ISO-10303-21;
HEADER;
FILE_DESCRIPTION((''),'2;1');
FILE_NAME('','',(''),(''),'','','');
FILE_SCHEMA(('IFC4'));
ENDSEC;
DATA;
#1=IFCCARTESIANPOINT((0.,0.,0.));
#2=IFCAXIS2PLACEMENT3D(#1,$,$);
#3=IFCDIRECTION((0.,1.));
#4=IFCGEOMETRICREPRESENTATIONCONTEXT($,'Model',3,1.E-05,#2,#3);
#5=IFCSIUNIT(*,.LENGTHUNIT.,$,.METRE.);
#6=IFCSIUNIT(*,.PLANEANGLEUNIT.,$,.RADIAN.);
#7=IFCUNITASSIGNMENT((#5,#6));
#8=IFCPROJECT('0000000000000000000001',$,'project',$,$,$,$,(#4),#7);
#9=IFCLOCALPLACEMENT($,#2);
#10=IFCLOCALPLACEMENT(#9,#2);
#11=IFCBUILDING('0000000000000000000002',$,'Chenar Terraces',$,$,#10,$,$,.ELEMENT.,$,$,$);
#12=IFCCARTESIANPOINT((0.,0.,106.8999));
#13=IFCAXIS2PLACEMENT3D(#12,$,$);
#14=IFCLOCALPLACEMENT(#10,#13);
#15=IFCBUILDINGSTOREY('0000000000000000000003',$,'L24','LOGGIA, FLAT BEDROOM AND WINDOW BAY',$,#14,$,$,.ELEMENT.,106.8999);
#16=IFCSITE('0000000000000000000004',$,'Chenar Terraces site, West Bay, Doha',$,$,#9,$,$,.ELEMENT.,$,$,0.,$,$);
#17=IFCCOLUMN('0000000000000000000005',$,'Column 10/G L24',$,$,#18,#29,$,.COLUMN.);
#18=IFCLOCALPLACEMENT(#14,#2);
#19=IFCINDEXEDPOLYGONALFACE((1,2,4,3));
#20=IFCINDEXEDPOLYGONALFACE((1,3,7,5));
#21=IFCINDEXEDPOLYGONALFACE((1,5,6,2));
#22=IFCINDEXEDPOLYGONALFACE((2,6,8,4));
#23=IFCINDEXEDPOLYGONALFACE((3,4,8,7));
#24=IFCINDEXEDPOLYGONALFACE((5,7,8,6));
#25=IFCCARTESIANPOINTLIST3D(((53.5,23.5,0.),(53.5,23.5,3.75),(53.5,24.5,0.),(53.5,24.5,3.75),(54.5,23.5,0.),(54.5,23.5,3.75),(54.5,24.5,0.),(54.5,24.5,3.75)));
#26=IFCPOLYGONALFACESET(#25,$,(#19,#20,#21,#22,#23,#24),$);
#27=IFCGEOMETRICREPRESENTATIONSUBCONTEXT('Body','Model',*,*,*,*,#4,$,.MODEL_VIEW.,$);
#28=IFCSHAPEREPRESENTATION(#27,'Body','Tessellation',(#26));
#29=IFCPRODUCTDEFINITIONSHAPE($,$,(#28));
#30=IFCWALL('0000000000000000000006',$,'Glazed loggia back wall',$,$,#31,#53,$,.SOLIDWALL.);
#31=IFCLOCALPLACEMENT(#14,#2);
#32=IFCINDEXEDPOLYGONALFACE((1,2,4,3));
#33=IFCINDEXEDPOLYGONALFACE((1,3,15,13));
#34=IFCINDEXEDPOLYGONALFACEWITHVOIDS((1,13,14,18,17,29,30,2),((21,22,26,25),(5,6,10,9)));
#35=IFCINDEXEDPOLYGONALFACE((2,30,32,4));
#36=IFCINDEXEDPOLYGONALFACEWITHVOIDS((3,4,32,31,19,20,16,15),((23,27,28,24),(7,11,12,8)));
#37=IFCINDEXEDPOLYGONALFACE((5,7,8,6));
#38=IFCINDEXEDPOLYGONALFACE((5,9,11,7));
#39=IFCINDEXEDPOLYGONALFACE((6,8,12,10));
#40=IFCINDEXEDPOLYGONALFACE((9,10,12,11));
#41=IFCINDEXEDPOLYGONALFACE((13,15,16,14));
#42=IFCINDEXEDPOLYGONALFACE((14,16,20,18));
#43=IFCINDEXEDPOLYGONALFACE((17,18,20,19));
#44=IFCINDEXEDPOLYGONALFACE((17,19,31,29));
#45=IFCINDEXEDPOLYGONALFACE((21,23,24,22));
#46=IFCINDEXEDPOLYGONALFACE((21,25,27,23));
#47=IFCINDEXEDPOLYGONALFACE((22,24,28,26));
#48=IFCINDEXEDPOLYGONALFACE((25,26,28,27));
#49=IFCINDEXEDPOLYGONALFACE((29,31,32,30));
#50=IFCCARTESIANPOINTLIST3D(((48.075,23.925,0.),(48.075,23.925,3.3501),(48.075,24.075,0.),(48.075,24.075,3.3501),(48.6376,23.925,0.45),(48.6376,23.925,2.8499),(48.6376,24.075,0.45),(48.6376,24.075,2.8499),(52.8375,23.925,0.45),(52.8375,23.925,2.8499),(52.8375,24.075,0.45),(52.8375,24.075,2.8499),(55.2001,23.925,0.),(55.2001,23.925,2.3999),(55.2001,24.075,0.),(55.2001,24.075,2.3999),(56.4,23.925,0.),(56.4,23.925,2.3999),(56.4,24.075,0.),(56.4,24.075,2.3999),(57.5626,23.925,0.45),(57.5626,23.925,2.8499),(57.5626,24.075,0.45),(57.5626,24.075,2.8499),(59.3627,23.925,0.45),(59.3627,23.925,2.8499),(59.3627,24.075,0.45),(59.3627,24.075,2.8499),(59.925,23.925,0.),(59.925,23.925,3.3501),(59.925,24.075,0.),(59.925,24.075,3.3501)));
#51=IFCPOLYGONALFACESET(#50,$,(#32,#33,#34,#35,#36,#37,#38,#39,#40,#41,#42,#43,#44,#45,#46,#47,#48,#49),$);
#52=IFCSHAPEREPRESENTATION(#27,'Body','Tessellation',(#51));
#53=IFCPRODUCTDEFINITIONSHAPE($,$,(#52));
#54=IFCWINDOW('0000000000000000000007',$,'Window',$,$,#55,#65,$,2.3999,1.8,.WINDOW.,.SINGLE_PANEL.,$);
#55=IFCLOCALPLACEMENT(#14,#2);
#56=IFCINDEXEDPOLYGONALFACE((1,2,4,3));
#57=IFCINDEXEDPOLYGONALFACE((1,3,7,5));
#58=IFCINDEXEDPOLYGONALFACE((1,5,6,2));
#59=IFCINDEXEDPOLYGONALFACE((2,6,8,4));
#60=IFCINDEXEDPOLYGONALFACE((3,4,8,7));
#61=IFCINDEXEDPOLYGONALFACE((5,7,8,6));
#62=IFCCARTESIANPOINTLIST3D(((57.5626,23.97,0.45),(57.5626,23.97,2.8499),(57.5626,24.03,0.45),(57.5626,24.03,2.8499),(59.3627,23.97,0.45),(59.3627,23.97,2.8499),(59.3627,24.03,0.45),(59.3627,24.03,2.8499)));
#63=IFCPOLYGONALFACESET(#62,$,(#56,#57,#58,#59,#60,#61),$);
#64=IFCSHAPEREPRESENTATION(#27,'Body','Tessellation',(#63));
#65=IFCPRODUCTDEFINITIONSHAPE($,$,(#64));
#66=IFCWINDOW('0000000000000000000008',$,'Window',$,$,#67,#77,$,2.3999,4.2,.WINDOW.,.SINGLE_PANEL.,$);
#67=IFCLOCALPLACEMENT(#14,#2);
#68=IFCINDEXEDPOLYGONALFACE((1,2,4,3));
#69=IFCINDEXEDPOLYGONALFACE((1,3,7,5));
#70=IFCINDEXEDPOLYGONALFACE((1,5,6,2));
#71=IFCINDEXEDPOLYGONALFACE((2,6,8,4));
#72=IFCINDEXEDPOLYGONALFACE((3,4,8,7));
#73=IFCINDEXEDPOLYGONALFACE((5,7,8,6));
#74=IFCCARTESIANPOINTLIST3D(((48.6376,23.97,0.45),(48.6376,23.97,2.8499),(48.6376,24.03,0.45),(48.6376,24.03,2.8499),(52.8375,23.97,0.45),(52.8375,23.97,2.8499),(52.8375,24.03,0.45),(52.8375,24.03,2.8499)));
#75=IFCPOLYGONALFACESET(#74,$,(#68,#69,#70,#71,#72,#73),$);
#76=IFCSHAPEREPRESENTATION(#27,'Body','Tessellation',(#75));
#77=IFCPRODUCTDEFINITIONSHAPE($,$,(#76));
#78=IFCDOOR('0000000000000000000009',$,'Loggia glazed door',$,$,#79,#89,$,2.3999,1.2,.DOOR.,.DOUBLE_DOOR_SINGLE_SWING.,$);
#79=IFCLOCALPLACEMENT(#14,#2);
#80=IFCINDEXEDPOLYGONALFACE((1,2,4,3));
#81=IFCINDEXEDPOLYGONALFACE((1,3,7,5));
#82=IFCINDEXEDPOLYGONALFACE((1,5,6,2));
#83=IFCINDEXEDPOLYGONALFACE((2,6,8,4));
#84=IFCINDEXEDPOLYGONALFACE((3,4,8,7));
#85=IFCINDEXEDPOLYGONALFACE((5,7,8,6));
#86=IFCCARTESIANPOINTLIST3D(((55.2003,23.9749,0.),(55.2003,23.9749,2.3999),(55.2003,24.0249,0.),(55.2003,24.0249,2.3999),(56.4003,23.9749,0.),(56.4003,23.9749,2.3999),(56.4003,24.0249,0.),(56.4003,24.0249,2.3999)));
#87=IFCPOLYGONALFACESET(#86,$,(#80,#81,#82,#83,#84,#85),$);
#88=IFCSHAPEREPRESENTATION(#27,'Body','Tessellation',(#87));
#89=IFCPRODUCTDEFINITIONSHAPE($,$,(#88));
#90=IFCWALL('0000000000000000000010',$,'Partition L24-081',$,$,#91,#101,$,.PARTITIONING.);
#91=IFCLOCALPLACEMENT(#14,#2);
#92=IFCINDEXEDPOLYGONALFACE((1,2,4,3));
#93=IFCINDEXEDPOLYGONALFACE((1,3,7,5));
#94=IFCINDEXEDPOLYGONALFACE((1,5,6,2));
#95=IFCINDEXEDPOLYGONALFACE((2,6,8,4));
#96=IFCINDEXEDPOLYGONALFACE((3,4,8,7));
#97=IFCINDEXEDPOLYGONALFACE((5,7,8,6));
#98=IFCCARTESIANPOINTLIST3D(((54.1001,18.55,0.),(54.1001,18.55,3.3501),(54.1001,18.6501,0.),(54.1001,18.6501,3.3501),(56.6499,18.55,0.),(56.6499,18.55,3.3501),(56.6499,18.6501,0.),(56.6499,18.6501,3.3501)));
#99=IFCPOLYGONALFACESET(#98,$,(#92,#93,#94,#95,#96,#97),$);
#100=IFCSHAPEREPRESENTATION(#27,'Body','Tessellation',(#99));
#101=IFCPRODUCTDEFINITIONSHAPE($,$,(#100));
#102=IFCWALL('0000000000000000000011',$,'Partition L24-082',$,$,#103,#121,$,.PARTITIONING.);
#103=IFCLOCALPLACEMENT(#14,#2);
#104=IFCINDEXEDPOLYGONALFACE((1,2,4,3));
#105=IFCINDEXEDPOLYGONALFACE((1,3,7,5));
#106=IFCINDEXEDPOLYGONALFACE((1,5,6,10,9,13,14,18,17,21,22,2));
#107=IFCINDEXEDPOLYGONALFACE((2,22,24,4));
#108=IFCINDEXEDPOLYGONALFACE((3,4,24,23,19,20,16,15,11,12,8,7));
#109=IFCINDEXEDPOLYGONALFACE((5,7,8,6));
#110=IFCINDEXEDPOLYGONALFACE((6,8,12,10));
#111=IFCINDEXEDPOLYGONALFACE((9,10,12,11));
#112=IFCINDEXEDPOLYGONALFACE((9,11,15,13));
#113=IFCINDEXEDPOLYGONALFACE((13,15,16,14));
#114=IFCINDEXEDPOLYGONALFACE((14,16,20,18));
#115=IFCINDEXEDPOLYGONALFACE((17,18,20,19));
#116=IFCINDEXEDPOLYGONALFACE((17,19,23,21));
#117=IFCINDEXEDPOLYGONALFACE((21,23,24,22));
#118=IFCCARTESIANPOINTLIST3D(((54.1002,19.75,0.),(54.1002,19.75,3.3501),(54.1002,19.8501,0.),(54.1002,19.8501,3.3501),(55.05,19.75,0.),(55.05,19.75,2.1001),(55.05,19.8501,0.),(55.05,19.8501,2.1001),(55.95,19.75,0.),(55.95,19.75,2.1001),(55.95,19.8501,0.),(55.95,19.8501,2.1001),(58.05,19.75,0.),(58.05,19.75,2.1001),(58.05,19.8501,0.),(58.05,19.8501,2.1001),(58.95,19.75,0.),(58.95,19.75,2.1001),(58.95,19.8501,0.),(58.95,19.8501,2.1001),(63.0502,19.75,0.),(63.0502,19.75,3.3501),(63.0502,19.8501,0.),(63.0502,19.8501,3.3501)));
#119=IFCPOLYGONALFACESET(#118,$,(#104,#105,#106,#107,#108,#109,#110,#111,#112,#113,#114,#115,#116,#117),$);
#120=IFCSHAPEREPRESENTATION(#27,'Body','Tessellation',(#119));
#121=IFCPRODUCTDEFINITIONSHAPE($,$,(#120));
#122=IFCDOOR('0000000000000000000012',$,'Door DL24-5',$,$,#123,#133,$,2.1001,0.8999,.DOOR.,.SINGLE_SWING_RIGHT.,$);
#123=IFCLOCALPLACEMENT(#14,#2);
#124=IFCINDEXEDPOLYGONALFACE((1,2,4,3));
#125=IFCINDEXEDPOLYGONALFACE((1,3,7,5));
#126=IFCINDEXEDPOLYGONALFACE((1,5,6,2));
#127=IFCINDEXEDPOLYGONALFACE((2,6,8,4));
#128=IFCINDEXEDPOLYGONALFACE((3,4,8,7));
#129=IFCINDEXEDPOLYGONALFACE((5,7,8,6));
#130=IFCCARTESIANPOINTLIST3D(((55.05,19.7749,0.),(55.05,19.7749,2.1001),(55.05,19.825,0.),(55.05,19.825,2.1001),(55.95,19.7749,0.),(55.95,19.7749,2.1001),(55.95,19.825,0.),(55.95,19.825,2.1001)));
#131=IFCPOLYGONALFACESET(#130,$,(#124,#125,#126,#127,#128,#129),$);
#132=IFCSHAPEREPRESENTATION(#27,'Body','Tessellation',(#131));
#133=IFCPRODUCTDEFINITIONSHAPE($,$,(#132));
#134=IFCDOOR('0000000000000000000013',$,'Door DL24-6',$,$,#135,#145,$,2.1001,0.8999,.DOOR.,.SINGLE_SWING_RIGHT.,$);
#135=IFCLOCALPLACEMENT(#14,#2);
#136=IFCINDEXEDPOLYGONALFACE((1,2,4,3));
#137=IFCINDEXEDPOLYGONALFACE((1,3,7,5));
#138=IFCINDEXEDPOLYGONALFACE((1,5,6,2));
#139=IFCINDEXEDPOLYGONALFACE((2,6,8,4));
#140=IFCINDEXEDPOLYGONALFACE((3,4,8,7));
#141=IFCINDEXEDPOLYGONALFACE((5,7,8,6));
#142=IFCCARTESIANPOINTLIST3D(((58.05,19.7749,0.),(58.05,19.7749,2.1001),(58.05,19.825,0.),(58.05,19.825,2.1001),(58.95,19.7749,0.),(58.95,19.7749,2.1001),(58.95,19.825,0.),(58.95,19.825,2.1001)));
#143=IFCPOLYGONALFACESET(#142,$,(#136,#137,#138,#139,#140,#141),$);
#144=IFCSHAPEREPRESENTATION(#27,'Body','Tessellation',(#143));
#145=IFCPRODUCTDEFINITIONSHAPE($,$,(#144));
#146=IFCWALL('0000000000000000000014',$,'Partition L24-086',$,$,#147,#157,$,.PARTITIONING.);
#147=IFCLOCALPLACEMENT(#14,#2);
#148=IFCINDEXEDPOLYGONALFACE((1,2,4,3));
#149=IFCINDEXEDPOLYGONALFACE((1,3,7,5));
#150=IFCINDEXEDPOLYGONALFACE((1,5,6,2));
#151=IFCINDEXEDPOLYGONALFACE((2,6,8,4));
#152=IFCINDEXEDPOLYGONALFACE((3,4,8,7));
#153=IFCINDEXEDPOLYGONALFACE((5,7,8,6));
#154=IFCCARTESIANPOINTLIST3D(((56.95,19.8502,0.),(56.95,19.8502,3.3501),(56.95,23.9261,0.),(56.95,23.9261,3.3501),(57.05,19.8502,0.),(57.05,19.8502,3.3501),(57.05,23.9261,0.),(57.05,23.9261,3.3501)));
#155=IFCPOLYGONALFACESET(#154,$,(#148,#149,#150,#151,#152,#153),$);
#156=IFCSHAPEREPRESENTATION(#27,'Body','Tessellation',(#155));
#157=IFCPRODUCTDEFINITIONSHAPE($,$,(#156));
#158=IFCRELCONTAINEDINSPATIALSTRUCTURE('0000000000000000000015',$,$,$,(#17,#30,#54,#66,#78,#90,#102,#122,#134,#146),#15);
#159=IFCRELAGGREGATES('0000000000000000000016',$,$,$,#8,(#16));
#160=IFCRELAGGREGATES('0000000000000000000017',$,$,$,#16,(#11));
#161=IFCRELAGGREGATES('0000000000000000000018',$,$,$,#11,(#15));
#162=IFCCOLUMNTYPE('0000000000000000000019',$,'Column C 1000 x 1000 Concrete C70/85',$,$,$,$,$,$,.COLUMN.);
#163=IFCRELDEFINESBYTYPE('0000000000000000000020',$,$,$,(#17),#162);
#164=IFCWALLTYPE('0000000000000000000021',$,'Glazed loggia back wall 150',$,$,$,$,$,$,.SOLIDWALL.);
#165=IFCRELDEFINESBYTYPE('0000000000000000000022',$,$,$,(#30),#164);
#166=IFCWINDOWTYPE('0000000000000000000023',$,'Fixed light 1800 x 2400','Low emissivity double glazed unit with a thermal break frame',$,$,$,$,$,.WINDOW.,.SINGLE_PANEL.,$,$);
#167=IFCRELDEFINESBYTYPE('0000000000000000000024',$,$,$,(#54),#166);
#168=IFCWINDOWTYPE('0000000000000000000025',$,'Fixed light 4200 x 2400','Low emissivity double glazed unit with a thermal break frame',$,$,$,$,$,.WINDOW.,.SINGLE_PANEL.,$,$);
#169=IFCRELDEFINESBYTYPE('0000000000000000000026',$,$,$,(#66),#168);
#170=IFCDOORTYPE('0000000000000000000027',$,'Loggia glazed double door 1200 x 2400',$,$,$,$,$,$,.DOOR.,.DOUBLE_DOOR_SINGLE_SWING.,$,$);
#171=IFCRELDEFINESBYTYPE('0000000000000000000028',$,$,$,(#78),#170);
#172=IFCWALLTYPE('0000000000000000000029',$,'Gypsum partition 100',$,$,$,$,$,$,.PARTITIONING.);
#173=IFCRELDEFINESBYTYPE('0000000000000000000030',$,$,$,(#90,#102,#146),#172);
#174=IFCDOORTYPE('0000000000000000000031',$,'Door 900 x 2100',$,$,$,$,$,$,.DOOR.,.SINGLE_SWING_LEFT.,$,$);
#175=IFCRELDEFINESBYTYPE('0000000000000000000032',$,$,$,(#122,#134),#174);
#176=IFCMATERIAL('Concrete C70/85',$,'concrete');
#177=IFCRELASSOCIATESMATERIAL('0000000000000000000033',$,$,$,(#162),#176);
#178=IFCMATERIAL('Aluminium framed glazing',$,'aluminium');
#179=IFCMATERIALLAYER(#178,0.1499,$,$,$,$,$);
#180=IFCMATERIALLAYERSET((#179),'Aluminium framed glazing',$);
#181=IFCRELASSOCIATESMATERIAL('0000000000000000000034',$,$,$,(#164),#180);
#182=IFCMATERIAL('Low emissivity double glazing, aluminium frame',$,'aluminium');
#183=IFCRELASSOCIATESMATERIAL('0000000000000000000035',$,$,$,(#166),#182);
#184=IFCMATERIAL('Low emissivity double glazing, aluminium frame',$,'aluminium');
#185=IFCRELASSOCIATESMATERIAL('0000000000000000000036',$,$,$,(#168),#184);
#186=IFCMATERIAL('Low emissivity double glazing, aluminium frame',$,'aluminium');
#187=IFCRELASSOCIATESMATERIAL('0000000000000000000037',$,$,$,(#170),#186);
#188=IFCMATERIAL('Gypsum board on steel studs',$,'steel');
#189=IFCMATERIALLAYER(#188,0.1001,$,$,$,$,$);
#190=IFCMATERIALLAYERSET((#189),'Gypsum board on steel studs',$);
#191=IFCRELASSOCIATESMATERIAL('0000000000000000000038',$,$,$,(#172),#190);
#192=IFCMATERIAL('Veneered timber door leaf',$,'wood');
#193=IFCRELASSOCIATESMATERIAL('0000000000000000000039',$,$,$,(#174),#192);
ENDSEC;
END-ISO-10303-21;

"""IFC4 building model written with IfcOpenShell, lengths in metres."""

from ifc_helpers import new_model, si_unit, direction, frame, frame_2d, origin, origin_2d, place, context, subcontext, project, spatial, rectangle, extrude, material, layer, layer_set, material_profile, profile_set, type_object, element, fill, save


model = new_model("IFC4")

# Units and contexts
model_context = context("Model", 3, precision=1e-05, world=origin(), true_north=direction((0.0, 1.0)))
body_context = subcontext(model_context, "Body", "Model", "MODEL_VIEW")
ifc_project = project(units=[si_unit("LENGTHUNIT", "METRE"), si_unit("PLANEANGLEUNIT", "RADIAN")], contexts=[model_context])

# Site, building, storey
site_placement = place(None, origin())
site = spatial("IfcSite", under=ifc_project, at=site_placement, Name="Chenar Terraces site, West Bay, Doha", CompositionType="ELEMENT", RefElevation=0.0)
building_placement = place(site_placement, origin())
building = spatial("IfcBuilding", under=site, at=building_placement, Name="Chenar Terraces", CompositionType="ELEMENT")
storey_placement = place(building_placement, frame((0.0, 0.0, 106.8999)))
storey = spatial("IfcBuildingStorey", under=building, at=storey_placement, Name="L24", Description="LOGGIA, FLAT BEDROOM AND WINDOW BAY", CompositionType="ELEMENT", Elevation=106.8999)

# Column
ifc_material_1 = material(Name="Concrete C70/85", Category="concrete")
ifc_material_profile_1 = material_profile(ifc_material_1, rectangle(XDim=1.0, YDim=1.0, at=origin_2d()), Name="C 1000 x 1000")
ifc_profile_set_1 = profile_set([ifc_material_profile_1], Name="Concrete C70/85")
column_type = type_object("IfcColumnType", Name="Column C 1000 x 1000 Concrete C70/85", PredefinedType="COLUMN", material=ifc_profile_set_1)
column_placement = place(storey_placement, frame((54.0, 24.0, 0.0), z_axis=(0.0, 0.0, 1.0), x_axis=(1.0, 0.0, 0.0)))
element("IfcColumn", 1, at=column_placement, inside=storey, type_object=column_type, Name="Column 10/G L24", PredefinedType="COLUMN", context=body_context, shape_type="SweptSolid", body=[
    extrude(rectangle(XDim=1.0, YDim=1.0, at=origin_2d()), origin(), (0.0, 0.0, 1.0), 3.75),
])

# Wall, openings, windows, door
ifc_material_2 = material(Name="Aluminium framed glazing", Category="aluminium")
ifc_layer_1 = layer(ifc_material_2, 0.1499)
ifc_layer_set_1 = layer_set([ifc_layer_1], Name="Aluminium framed glazing")
wall_type_1 = type_object("IfcWallType", Name="Glazed loggia back wall 150", PredefinedType="SOLIDWALL", material=ifc_layer_set_1)
wall_1_placement = place(storey_placement, frame((59.925, 24.0, 0.0), z_axis=(0.0, 0.0, 1.0), x_axis=(-1.0, 0.0, 0.0)))
wall_1 = element("IfcWall", 2, at=wall_1_placement, inside=storey, type_object=wall_type_1, Name="Glazed loggia back wall", PredefinedType="SOLIDWALL", context=body_context, shape_type="SweptSolid", body=[
    extrude(rectangle(XDim=11.8501, YDim=0.1499, at=frame_2d((5.925, 0.0))), origin(), (0.0, 0.0, 1.0), 3.3501),
])
opening_1_placement = place(wall_1_placement, frame((0.5625, 0.0, 0.45)))
opening_1 = element("IfcOpeningElement", 3, at=opening_1_placement, cuts=wall_1, PredefinedType="OPENING", context=body_context, shape_type="SweptSolid", body=[
    extrude(rectangle(XDim=1.8, YDim=2.3999, at=frame_2d((0.8999, 1.2))), frame((0.0, 0.085, 0.0), z_axis=(0.0, -1.0, 0.0), x_axis=(1.0, 0.0, 0.0)), (0.0, 0.0, 1.0), 0.1699),
])
opening_2_placement = place(wall_1_placement, frame((3.5249, 0.0, 0.0)))
opening_2 = element("IfcOpeningElement", 4, at=opening_2_placement, cuts=wall_1, PredefinedType="OPENING", context=body_context, shape_type="SweptSolid", body=[
    extrude(rectangle(XDim=1.2, YDim=2.3999, at=frame_2d((0.6001, 1.2))), frame((0.0, 0.085, 0.0), z_axis=(0.0, -1.0, 0.0), x_axis=(1.0, 0.0, 0.0)), (0.0, 0.0, 1.0), 0.1699),
])
opening_3_placement = place(wall_1_placement, frame((7.0874, 0.0, 0.45)))
opening_3 = element("IfcOpeningElement", 5, at=opening_3_placement, cuts=wall_1, PredefinedType="OPENING", context=body_context, shape_type="SweptSolid", body=[
    extrude(rectangle(XDim=4.2, YDim=2.3999, at=frame_2d((2.1001, 1.2))), frame((0.0, 0.085, 0.0), z_axis=(0.0, -1.0, 0.0), x_axis=(1.0, 0.0, 0.0)), (0.0, 0.0, 1.0), 0.1699),
])
ifc_material_3 = material(Name="Low emissivity double glazing, aluminium frame", Category="aluminium")
window_type_1 = type_object("IfcWindowType", Name="Fixed light 1800 x 2400", Description="Low emissivity double glazed unit with a thermal break frame", PartitioningType="SINGLE_PANEL", PredefinedType="WINDOW", material=ifc_material_3)
window_1_placement = place(opening_1_placement, origin())
window_1 = element("IfcWindow", 6, at=window_1_placement, inside=storey, type_object=window_type_1, Name="Window", OverallHeight=2.3999, OverallWidth=1.8, PartitioningType="SINGLE_PANEL", PredefinedType="WINDOW", context=body_context, shape_type="SweptSolid", body=[
    extrude(rectangle(XDim=1.8, YDim=2.3999, at=frame_2d((0.8999, 1.2))), frame((0.0, 0.03, 0.0), z_axis=(0.0, -1.0, 0.0), x_axis=(1.0, 0.0, 0.0)), (0.0, 0.0, 1.0), 0.0601),
])
fill(opening_1, window_1)
ifc_material_4 = material(Name="Low emissivity double glazing, aluminium frame", Category="aluminium")
window_type_2 = type_object("IfcWindowType", Name="Fixed light 4200 x 2400", Description="Low emissivity double glazed unit with a thermal break frame", PartitioningType="SINGLE_PANEL", PredefinedType="WINDOW", material=ifc_material_4)
window_2_placement = place(opening_3_placement, origin())
window_2 = element("IfcWindow", 7, at=window_2_placement, inside=storey, type_object=window_type_2, Name="Window", OverallHeight=2.3999, OverallWidth=4.2, PartitioningType="SINGLE_PANEL", PredefinedType="WINDOW", context=body_context, shape_type="SweptSolid", body=[
    extrude(rectangle(XDim=4.2, YDim=2.3999, at=frame_2d((2.1001, 1.2))), frame((0.0, 0.03, 0.0), z_axis=(0.0, -1.0, 0.0), x_axis=(1.0, 0.0, 0.0)), (0.0, 0.0, 1.0), 0.0601),
])
fill(opening_3, window_2)
ifc_material_5 = material(Name="Low emissivity double glazing, aluminium frame", Category="aluminium")
door_type_1 = type_object("IfcDoorType", Name="Loggia glazed double door 1200 x 2400", OperationType="DOUBLE_DOOR_SINGLE_SWING", PredefinedType="DOOR", material=ifc_material_5)
door_1_placement = place(opening_2_placement, frame((1.2, 0.0, 0.0), z_axis=(0.0, 0.0, 1.0), x_axis=(-1.0, 0.0, 0.0)))
door_1 = element("IfcDoor", 8, at=door_1_placement, inside=storey, type_object=door_type_1, Name="Loggia glazed door", OperationType="DOUBLE_DOOR_SINGLE_SWING", OverallHeight=2.3999, OverallWidth=1.2, PredefinedType="DOOR", context=body_context, shape_type="SweptSolid", body=[
    extrude(rectangle(XDim=1.2, YDim=2.3999, at=frame_2d((0.6001, 1.2))), frame((0.0, 0.0249, 0.0), z_axis=(0.0, -1.0, 0.0), x_axis=(1.0, 0.0, 0.0)), (0.0, 0.0, 1.0), 0.05),
])
fill(opening_2, door_1)

# Wall
ifc_material_6 = material(Name="Gypsum board on steel studs", Category="steel")
ifc_layer_2 = layer(ifc_material_6, 0.1001)
ifc_layer_set_2 = layer_set([ifc_layer_2], Name="Gypsum board on steel studs")
wall_type_2 = type_object("IfcWallType", Name="Gypsum partition 100", PredefinedType="PARTITIONING", material=ifc_layer_set_2)
wall_2_placement = place(storey_placement, frame((54.1001, 18.6001, 0.0), z_axis=(0.0, 0.0, 1.0), x_axis=(1.0, 0.0, 0.0)))
element("IfcWall", 9, at=wall_2_placement, inside=storey, type_object=wall_type_2, Name="Partition L24-081", PredefinedType="PARTITIONING", context=body_context, shape_type="SweptSolid", body=[
    extrude(rectangle(XDim=2.5498, YDim=0.1001, at=frame_2d((1.2749, 0.0))), origin(), (0.0, 0.0, 1.0), 3.3501),
])

# Wall, openings, doors
wall_3_placement = place(storey_placement, frame((54.1001, 19.8, 0.0), z_axis=(0.0, 0.0, 1.0), x_axis=(1.0, 0.0, 0.0)))
wall_3 = element("IfcWall", 10, at=wall_3_placement, inside=storey, type_object=wall_type_2, Name="Partition L24-082", PredefinedType="PARTITIONING", context=body_context, shape_type="SweptSolid", body=[
    extrude(rectangle(XDim=8.95, YDim=0.1001, at=frame_2d((4.4751, 0.0))), origin(), (0.0, 0.0, 1.0), 3.3501),
])
opening_4_placement = place(wall_3_placement, frame((0.95, 0.0, 0.0)))
opening_4 = element("IfcOpeningElement", 11, at=opening_4_placement, cuts=wall_3, PredefinedType="OPENING", context=body_context, shape_type="SweptSolid", body=[
    extrude(rectangle(XDim=0.8999, YDim=2.1001, at=frame_2d((0.45, 1.05))), frame((0.0, 0.0601, 0.0), z_axis=(0.0, -1.0, 0.0), x_axis=(1.0, 0.0, 0.0)), (0.0, 0.0, 1.0), 0.1201),
])
opening_5_placement = place(wall_3_placement, frame((3.95, 0.0, 0.0)))
opening_5 = element("IfcOpeningElement", 12, at=opening_5_placement, cuts=wall_3, PredefinedType="OPENING", context=body_context, shape_type="SweptSolid", body=[
    extrude(rectangle(XDim=0.8999, YDim=2.1001, at=frame_2d((0.45, 1.05))), frame((0.0, 0.0601, 0.0), z_axis=(0.0, -1.0, 0.0), x_axis=(1.0, 0.0, 0.0)), (0.0, 0.0, 1.0), 0.1201),
])
ifc_material_7 = material(Name="Veneered timber door leaf", Category="wood")
door_type_2 = type_object("IfcDoorType", Name="Door 900 x 2100", OperationType="SINGLE_SWING_LEFT", PredefinedType="DOOR", material=ifc_material_7)
door_2_placement = place(opening_4_placement, origin())
door_2 = element("IfcDoor", 13, at=door_2_placement, inside=storey, type_object=door_type_2, Name="Door DL24-5", OperationType="SINGLE_SWING_RIGHT", OverallHeight=2.1001, OverallWidth=0.8999, PredefinedType="DOOR", context=body_context, shape_type="SweptSolid", body=[
    extrude(rectangle(XDim=0.8999, YDim=2.1001, at=frame_2d((0.45, 1.05))), frame((0.0, 0.0249, 0.0), z_axis=(0.0, -1.0, 0.0), x_axis=(1.0, 0.0, 0.0)), (0.0, 0.0, 1.0), 0.05),
])
fill(opening_4, door_2)
door_3_placement = place(opening_5_placement, origin())
door_3 = element("IfcDoor", 14, at=door_3_placement, inside=storey, type_object=door_type_2, Name="Door DL24-6", OperationType="SINGLE_SWING_RIGHT", OverallHeight=2.1001, OverallWidth=0.8999, PredefinedType="DOOR", context=body_context, shape_type="SweptSolid", body=[
    extrude(rectangle(XDim=0.8999, YDim=2.1001, at=frame_2d((0.45, 1.05))), frame((0.0, 0.0249, 0.0), z_axis=(0.0, -1.0, 0.0), x_axis=(1.0, 0.0, 0.0)), (0.0, 0.0, 1.0), 0.05),
])
fill(opening_5, door_3)

# Wall
wall_4_placement = place(storey_placement, frame((57.0, 19.8501, 0.0), z_axis=(0.0, 0.0, 1.0), x_axis=(0.0, 1.0, 0.0)))
element("IfcWall", 15, at=wall_4_placement, inside=storey, type_object=wall_type_2, Name="Partition L24-086", PredefinedType="PARTITIONING", context=body_context, shape_type="SweptSolid", body=[
    extrude(rectangle(XDim=4.0759, YDim=0.1001, at=frame_2d((2.0381, 0.0))), origin(), (0.0, 0.0, 1.0), 3.3501),
])

save(model, "model.ifc")
